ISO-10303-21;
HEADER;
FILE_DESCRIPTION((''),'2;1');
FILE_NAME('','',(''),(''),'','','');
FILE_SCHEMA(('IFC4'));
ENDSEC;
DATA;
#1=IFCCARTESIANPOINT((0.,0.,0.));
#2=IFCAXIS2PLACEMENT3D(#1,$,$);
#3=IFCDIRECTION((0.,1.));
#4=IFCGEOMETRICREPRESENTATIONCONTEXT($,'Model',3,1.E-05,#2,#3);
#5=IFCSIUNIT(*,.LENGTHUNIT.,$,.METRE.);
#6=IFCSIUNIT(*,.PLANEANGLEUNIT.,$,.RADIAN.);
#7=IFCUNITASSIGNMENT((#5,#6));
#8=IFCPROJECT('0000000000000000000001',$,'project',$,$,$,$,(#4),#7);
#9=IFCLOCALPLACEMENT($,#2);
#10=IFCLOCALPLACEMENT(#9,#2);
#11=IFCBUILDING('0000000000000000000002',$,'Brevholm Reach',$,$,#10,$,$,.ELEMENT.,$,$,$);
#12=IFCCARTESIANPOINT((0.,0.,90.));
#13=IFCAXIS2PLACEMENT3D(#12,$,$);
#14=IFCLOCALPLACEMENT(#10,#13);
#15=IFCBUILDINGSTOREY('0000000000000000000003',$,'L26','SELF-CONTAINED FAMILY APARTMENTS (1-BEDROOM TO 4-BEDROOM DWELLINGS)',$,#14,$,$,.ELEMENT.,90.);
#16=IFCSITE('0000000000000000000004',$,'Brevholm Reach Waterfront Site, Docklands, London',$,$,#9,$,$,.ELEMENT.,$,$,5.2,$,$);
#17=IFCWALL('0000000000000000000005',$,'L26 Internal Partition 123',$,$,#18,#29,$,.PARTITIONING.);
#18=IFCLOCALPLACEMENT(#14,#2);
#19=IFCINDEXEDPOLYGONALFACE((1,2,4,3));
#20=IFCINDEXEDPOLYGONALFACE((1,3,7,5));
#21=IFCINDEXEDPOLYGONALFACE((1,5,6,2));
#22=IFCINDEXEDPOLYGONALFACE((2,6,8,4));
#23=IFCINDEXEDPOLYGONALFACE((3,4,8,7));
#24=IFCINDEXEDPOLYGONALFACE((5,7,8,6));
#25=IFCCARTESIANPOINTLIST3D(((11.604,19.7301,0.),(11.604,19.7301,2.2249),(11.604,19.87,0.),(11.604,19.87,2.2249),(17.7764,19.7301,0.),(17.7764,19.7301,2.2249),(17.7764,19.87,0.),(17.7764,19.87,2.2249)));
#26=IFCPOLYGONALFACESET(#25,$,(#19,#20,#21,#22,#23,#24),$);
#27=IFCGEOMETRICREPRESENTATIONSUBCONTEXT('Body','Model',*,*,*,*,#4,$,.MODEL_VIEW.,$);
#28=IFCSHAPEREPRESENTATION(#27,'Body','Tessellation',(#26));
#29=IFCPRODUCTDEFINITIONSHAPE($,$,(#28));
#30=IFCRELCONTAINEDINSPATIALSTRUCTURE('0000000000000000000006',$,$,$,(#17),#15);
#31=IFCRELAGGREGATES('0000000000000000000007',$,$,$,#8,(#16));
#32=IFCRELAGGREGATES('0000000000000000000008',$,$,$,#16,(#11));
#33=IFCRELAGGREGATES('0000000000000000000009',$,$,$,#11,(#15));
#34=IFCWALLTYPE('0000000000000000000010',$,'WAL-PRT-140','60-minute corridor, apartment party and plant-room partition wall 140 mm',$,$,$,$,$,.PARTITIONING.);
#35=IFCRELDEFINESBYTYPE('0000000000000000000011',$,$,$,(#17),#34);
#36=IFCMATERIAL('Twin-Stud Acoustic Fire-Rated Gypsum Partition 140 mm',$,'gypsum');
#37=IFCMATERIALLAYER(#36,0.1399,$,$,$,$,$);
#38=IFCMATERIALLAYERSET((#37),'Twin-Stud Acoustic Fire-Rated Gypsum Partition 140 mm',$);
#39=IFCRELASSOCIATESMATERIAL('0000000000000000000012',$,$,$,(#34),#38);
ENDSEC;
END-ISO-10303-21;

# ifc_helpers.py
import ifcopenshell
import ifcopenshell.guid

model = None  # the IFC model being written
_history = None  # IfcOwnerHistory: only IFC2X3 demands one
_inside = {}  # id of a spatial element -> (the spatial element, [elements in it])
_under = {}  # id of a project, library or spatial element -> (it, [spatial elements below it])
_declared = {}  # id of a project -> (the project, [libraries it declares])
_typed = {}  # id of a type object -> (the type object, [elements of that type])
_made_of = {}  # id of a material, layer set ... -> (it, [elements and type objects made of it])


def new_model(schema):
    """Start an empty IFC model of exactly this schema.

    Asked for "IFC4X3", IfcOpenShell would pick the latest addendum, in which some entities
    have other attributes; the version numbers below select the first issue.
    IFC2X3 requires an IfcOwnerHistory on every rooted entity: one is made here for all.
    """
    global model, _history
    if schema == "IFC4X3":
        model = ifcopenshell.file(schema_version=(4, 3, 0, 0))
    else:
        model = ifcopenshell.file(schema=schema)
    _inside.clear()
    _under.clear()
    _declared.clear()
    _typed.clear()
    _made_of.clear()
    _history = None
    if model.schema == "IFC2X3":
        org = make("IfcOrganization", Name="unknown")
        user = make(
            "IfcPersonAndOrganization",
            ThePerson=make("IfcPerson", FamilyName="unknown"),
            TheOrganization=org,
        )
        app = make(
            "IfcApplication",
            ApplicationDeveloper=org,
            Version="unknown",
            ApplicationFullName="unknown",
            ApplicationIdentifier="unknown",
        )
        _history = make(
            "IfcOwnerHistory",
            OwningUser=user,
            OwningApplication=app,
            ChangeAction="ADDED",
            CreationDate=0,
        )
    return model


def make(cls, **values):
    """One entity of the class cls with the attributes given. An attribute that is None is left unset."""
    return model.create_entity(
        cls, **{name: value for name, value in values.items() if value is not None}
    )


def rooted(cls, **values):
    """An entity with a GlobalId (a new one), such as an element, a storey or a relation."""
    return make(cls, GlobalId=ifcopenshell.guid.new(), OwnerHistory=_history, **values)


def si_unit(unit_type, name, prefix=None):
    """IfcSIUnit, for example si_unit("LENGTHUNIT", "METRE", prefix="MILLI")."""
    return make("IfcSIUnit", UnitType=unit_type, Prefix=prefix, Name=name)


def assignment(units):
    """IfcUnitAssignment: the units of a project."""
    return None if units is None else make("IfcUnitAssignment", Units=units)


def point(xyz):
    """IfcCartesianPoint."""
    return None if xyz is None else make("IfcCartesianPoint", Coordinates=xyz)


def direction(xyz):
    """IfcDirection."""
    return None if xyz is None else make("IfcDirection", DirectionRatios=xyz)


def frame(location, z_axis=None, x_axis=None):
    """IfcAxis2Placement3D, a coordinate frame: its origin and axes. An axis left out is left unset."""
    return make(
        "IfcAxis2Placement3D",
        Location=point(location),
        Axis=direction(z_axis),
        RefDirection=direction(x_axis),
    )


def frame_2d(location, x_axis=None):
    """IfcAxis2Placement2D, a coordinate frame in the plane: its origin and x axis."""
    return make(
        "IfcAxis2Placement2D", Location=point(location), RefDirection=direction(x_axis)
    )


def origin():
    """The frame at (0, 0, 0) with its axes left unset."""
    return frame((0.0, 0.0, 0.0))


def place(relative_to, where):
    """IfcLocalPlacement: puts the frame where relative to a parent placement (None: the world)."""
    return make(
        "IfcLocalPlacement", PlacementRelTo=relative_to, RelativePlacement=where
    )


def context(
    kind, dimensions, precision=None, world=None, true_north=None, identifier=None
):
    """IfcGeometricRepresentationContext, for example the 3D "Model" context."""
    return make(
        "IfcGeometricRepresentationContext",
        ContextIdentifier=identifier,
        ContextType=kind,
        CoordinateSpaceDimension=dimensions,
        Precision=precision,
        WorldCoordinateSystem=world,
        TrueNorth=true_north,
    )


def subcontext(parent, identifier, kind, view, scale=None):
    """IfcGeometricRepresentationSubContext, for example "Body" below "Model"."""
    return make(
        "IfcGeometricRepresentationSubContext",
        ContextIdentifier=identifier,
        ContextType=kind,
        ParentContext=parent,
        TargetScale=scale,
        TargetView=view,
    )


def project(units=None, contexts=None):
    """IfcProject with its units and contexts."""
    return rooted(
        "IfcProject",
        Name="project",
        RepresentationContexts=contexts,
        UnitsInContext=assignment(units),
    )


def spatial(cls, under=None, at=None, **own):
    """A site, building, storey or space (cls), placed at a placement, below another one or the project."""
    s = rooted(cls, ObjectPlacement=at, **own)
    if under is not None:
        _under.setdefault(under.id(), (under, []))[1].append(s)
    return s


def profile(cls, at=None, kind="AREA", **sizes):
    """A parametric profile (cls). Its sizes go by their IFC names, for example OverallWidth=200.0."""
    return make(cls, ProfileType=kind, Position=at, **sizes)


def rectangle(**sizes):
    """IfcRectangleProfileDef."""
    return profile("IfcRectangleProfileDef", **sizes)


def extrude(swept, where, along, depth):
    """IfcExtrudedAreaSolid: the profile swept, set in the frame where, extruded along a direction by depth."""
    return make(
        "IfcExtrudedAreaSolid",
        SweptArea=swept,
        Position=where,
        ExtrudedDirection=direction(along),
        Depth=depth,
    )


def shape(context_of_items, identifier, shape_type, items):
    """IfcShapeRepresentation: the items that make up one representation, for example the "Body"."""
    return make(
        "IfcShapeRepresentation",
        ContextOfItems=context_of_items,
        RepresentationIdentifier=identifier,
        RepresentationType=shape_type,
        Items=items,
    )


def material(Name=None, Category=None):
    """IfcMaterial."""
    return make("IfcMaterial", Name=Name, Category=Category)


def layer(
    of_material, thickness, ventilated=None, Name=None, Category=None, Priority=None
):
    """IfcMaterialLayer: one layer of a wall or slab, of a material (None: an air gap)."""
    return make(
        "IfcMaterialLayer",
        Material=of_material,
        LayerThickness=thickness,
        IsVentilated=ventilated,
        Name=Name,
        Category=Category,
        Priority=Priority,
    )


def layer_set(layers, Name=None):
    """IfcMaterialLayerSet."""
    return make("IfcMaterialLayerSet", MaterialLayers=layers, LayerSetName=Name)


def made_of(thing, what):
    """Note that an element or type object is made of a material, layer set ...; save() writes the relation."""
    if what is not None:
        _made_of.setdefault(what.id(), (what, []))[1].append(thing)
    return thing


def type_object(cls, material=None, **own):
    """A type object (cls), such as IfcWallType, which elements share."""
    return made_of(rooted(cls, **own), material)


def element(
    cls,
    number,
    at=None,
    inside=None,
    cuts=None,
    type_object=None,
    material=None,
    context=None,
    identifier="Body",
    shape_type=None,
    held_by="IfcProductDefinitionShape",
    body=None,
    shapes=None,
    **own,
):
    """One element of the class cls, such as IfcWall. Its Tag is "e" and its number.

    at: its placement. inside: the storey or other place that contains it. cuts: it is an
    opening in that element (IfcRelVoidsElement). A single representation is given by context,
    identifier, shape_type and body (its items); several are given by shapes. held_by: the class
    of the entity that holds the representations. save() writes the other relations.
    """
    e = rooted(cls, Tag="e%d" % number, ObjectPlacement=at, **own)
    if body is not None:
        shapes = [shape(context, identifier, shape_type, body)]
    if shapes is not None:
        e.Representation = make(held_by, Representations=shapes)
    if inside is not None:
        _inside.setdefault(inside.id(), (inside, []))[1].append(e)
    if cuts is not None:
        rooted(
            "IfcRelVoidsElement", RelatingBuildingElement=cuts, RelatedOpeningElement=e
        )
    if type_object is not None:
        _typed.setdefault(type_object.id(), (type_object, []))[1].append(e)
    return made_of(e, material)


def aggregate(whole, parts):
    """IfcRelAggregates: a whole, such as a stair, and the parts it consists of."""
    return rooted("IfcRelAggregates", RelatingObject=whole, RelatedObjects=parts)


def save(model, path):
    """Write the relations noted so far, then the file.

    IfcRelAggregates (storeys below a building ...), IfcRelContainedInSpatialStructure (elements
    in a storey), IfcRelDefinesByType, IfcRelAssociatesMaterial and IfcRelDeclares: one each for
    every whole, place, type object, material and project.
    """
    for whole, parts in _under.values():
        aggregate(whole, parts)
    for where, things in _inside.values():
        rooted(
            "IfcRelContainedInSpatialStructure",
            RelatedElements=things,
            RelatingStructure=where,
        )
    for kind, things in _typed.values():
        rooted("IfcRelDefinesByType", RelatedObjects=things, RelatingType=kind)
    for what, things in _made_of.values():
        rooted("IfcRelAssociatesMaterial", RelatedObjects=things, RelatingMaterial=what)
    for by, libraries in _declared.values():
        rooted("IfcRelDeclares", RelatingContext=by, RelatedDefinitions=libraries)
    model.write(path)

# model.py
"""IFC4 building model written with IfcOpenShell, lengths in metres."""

from ifc_helpers import new_model, si_unit, direction, frame, frame_2d, origin, place, context, subcontext, project, spatial, rectangle, extrude, material, layer, layer_set, type_object, element, save


model = new_model("IFC4")

# Units and contexts
model_context = context("Model", 3, precision=1e-05, world=origin(), true_north=direction((0.0, 1.0)))
body_context = subcontext(model_context, "Body", "Model", "MODEL_VIEW")
ifc_project = project(units=[si_unit("LENGTHUNIT", "METRE"), si_unit("PLANEANGLEUNIT", "RADIAN")], contexts=[model_context])

# Site, building, storey
site_placement = place(None, origin())
site = spatial("IfcSite", under=ifc_project, at=site_placement, Name="Brevholm Reach Waterfront Site, Docklands, London", CompositionType="ELEMENT", RefElevation=5.2)
building_placement = place(site_placement, origin())
building = spatial("IfcBuilding", under=site, at=building_placement, Name="Brevholm Reach", CompositionType="ELEMENT")
storey_placement = place(building_placement, frame((0.0, 0.0, 90.0)))
storey = spatial("IfcBuildingStorey", under=building, at=storey_placement, Name="L26", Description="SELF-CONTAINED FAMILY APARTMENTS (1-BEDROOM TO 4-BEDROOM DWELLINGS)", CompositionType="ELEMENT", Elevation=90.0)

# Shared definitions
ifc_material_1 = material(Name="Twin-Stud Acoustic Fire-Rated Gypsum Partition 140 mm", Category="gypsum")
ifc_layer_1 = layer(ifc_material_1, 0.1399)
ifc_layer_set_1 = layer_set([ifc_layer_1], Name="Twin-Stud Acoustic Fire-Rated Gypsum Partition 140 mm")
wall_type_1 = type_object("IfcWallType", Name="WAL-PRT-140", Description="60-minute corridor, apartment party and plant-room partition wall 140 mm", PredefinedType="PARTITIONING", material=ifc_layer_set_1)

# Wall
wall_1_placement = place(storey_placement, frame((11.604, 19.8, 0.0), z_axis=(0.0, 0.0, 1.0), x_axis=(1.0, 0.0, 0.0)))
element("IfcWall", 1, at=wall_1_placement, inside=storey, type_object=wall_type_1, Name="L26 Internal Partition 123", PredefinedType="PARTITIONING", context=body_context, shape_type="SweptSolid", body=[
    extrude(rectangle(XDim=6.1724, YDim=0.1399, at=frame_2d((3.0862, 0.0))), origin(), (0.0, 0.0, 1.0), 2.2249),
])

save(model, "model.ifc")
